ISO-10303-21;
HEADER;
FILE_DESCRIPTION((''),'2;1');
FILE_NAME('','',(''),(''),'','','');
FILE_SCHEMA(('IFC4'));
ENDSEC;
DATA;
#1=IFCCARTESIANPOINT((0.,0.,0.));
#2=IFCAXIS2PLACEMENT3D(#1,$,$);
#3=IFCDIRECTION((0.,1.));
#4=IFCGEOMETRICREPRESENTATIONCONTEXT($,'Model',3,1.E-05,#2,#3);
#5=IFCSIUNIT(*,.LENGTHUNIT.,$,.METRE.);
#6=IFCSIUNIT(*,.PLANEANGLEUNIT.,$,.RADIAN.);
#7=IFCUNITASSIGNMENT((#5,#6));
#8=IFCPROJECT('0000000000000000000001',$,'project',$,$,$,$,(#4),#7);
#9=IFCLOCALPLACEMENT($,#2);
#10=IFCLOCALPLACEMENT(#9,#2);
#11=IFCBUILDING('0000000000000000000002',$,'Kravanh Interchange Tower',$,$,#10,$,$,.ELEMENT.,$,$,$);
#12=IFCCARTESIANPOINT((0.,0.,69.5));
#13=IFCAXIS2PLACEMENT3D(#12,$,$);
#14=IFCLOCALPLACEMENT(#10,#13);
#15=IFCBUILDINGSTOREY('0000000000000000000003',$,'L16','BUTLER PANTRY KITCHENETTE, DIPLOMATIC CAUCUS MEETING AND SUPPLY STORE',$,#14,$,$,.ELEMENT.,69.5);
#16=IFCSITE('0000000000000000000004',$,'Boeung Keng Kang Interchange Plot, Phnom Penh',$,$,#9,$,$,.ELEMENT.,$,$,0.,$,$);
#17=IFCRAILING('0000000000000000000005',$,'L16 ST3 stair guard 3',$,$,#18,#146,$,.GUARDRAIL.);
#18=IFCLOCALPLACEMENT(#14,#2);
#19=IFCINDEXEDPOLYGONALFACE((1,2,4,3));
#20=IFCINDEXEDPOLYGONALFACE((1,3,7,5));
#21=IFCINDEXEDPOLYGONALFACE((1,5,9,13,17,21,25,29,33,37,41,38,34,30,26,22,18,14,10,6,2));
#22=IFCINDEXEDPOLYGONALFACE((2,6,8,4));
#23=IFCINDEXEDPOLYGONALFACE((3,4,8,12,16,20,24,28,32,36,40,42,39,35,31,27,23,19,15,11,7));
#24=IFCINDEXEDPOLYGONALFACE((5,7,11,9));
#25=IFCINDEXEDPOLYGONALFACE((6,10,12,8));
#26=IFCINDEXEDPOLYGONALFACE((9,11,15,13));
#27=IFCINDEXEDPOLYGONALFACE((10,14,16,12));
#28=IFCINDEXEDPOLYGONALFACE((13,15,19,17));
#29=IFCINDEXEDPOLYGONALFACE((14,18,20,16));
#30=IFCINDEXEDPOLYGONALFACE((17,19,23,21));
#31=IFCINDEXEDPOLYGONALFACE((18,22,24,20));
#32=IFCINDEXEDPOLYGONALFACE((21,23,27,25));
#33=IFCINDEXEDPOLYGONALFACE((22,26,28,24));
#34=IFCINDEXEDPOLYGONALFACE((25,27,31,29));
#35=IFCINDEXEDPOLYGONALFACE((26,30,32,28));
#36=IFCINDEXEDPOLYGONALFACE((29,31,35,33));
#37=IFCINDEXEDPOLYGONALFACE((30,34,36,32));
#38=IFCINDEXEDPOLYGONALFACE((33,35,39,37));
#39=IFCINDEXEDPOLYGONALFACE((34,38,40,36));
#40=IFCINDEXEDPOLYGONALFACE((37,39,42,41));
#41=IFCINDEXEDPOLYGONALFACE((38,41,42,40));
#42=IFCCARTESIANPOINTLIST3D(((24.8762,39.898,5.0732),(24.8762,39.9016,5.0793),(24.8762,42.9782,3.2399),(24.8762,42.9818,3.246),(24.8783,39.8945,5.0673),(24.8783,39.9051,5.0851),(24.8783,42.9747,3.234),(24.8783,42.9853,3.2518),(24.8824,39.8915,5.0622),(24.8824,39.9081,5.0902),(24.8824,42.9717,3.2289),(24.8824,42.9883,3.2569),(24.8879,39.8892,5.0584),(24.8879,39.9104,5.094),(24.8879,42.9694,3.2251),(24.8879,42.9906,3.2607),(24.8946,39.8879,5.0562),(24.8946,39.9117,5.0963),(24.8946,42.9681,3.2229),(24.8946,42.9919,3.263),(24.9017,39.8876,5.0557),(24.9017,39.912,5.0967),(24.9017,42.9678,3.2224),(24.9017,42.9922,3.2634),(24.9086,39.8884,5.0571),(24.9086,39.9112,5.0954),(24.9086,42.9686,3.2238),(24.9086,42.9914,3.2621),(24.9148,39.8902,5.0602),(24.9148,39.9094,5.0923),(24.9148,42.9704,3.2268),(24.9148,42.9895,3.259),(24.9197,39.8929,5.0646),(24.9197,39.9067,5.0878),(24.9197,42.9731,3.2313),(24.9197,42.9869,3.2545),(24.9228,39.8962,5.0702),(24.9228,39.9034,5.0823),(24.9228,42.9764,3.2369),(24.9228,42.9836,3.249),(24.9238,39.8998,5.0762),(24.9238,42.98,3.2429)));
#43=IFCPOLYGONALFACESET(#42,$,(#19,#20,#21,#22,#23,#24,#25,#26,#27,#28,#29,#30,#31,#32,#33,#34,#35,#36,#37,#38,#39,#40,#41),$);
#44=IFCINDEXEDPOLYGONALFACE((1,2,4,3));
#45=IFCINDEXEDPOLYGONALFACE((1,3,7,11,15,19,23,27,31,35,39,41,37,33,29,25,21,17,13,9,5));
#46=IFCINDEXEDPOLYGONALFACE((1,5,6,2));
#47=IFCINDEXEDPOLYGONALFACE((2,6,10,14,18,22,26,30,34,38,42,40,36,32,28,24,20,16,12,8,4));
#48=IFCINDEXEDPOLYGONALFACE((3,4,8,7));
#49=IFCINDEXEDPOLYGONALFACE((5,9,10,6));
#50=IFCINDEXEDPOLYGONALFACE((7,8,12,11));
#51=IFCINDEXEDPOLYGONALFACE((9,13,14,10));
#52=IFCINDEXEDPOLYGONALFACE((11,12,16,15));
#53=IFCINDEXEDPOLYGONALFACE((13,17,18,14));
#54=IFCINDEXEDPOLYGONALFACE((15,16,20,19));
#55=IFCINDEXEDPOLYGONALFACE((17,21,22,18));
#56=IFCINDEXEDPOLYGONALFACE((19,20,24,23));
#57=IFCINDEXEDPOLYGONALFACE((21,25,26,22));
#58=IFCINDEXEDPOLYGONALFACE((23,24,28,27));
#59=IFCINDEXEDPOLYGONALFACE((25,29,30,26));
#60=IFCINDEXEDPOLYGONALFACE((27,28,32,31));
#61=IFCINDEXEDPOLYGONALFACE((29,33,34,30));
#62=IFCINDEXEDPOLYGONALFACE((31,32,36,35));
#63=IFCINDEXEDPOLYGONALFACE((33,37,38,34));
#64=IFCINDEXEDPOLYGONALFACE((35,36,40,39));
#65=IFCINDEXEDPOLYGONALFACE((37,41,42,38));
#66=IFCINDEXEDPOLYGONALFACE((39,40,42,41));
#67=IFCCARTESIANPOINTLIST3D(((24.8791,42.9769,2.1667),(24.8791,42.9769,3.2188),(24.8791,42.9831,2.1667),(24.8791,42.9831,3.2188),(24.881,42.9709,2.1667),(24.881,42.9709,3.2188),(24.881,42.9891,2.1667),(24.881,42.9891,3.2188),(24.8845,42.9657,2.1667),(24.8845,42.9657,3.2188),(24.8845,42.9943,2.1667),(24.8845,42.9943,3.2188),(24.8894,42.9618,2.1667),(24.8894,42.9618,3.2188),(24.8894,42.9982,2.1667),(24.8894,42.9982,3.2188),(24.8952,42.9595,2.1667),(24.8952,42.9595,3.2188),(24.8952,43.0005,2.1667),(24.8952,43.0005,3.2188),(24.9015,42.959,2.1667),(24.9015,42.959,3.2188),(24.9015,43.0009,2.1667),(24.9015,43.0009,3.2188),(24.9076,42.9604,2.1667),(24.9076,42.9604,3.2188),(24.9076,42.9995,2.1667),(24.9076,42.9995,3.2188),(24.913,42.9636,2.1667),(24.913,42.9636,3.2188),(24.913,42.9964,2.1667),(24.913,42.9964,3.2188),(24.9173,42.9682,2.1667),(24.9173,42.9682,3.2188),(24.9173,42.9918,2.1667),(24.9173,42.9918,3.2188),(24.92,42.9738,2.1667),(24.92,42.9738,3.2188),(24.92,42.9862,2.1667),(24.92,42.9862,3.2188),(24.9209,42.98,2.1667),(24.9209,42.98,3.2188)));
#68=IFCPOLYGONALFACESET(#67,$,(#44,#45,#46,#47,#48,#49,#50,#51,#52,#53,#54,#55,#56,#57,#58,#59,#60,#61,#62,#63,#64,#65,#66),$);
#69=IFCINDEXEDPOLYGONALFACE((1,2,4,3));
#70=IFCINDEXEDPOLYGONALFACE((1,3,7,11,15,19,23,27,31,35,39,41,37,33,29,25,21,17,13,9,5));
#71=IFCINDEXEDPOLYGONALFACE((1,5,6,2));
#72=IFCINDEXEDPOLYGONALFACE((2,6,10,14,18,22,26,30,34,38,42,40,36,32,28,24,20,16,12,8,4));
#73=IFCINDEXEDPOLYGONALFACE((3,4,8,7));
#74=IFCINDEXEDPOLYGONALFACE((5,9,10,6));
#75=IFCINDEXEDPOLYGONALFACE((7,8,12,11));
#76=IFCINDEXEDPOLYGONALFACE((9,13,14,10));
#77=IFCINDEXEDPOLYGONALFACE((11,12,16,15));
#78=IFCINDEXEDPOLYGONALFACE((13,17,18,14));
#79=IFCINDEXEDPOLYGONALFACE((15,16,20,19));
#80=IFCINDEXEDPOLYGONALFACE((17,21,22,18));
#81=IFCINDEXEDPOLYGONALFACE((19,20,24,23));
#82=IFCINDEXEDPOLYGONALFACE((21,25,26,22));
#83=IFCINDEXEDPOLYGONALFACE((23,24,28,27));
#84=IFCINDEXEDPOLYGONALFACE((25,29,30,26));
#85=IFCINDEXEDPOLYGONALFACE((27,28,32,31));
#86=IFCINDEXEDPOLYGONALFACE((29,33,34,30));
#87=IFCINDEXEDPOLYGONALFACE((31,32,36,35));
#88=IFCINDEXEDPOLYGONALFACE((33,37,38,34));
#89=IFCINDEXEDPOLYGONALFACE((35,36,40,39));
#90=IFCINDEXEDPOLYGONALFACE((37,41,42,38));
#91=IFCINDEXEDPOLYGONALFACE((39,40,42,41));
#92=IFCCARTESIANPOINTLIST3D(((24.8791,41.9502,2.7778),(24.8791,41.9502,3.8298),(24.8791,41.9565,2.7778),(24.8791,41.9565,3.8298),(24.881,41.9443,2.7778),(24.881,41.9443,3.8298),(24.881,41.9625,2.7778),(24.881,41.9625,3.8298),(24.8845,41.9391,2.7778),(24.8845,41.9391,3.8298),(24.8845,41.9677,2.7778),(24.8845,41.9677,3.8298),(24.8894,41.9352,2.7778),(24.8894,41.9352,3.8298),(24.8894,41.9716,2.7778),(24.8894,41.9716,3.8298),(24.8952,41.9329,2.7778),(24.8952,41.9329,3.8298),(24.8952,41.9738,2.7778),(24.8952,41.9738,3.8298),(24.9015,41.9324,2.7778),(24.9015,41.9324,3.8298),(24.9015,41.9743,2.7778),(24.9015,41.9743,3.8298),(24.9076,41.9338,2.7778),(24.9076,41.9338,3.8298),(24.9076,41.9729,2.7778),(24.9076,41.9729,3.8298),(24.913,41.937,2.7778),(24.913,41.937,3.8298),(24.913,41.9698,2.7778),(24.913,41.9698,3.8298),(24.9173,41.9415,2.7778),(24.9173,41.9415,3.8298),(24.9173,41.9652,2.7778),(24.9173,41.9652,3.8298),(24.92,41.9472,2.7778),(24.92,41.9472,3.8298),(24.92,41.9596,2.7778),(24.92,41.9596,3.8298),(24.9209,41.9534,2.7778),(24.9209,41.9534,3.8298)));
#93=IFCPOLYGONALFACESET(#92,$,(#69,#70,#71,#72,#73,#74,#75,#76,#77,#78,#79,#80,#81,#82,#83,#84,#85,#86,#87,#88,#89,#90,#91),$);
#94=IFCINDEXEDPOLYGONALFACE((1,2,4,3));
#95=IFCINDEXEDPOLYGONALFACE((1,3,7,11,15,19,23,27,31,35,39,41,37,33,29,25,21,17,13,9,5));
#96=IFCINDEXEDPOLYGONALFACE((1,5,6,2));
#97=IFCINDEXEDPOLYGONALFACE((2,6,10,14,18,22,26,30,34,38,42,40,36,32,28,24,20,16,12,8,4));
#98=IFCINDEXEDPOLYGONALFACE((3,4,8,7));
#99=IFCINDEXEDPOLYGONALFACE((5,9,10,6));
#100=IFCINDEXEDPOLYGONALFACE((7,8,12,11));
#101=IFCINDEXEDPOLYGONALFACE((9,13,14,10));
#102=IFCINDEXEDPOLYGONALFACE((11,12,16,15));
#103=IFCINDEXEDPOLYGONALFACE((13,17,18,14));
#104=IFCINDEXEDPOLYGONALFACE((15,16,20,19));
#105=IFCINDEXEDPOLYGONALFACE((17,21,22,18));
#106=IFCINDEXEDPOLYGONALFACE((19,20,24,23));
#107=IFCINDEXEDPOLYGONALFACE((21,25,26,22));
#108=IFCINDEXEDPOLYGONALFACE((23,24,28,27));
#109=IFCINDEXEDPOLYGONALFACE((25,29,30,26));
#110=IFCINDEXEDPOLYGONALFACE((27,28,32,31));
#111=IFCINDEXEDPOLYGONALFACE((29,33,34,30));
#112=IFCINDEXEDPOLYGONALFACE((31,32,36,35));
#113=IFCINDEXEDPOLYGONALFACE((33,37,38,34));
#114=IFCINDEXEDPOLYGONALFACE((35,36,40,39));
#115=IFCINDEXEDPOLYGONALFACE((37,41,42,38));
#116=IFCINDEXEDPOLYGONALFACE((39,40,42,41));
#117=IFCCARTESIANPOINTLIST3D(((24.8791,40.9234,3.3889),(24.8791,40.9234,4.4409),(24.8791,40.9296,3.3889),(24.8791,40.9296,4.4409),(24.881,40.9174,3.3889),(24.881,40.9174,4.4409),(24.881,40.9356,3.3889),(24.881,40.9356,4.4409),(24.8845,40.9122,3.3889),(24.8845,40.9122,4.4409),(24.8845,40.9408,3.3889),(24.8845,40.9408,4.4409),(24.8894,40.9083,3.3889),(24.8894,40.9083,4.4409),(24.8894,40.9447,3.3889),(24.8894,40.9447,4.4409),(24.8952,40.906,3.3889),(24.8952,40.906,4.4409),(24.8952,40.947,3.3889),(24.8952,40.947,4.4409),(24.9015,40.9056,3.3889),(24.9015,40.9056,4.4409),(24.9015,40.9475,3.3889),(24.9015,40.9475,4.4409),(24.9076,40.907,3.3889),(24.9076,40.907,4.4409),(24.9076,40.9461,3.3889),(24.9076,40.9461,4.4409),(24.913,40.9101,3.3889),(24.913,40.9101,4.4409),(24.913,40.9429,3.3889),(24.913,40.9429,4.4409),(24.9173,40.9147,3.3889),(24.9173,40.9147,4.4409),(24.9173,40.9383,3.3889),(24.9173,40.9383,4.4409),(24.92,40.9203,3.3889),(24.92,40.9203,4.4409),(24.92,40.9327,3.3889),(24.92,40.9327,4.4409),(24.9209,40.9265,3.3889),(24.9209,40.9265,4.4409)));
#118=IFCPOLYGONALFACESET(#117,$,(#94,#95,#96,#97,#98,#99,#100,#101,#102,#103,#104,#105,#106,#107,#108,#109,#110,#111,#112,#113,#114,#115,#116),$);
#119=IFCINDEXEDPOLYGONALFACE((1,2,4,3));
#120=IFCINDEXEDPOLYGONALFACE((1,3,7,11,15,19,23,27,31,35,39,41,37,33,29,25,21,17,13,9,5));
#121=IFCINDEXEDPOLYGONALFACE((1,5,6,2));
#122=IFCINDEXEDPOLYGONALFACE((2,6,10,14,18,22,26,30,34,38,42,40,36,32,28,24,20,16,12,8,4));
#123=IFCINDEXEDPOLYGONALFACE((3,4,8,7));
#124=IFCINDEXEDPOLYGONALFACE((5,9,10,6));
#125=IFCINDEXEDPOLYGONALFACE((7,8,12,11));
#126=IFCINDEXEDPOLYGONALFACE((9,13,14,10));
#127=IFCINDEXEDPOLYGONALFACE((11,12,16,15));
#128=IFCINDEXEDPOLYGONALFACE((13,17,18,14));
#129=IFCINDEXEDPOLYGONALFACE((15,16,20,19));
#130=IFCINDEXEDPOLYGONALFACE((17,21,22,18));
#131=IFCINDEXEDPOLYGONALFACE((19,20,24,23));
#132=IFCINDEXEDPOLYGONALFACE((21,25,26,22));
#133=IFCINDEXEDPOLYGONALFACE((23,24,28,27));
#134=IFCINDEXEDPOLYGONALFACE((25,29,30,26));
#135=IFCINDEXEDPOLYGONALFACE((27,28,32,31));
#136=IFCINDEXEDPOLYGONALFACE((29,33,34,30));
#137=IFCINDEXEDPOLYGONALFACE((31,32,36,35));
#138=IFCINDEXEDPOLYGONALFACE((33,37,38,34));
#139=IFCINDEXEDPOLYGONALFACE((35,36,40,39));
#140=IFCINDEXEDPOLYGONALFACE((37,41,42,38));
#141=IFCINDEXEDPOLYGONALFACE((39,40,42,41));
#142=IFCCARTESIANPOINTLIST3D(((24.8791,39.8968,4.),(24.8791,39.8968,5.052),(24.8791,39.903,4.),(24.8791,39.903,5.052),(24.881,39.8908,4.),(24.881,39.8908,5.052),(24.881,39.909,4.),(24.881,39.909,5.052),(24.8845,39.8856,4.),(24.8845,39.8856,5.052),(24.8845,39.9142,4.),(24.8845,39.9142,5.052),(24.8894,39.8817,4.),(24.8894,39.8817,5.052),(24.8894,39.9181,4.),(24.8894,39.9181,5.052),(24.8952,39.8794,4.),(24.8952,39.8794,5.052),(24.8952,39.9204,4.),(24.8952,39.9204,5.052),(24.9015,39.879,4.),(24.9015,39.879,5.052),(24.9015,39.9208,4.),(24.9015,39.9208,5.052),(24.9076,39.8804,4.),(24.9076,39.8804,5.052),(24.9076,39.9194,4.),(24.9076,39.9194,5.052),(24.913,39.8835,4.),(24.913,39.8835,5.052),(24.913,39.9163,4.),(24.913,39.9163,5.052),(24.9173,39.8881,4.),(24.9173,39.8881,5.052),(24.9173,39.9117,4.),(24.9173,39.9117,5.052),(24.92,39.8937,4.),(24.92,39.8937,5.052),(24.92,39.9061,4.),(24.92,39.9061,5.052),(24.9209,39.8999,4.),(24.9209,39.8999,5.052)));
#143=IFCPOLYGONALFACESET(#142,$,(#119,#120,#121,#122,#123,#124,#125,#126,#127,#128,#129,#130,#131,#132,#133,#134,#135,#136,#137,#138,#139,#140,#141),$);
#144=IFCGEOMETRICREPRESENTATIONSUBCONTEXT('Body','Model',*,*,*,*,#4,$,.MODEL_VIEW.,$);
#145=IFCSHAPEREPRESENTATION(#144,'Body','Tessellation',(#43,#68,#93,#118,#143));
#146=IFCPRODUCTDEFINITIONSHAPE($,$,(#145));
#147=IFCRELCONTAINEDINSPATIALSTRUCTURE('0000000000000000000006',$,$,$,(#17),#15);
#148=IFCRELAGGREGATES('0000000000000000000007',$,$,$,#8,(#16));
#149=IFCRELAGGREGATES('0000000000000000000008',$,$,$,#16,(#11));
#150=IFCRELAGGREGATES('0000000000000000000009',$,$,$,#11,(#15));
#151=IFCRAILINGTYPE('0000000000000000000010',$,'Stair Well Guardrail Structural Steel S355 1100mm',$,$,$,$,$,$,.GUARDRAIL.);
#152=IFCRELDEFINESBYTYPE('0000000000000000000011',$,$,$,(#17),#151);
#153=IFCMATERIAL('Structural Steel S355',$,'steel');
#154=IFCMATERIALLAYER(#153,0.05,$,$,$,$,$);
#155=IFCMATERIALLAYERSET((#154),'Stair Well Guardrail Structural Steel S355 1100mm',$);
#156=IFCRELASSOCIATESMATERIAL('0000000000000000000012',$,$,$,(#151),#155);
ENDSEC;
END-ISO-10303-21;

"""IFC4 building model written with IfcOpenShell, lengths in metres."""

from ifc_helpers import new_model, si_unit, direction, frame, origin, origin_2d, place, context, subcontext, project, spatial, circle, extrude, material, layer, layer_set, type_object, element, save


model = new_model("IFC4")

# Units and contexts
model_context = context("Model", 3, precision=1e-05, world=origin(), true_north=direction((0.0, 1.0)))
body_context = subcontext(model_context, "Body", "Model", "MODEL_VIEW")
ifc_project = project(units=[si_unit("LENGTHUNIT", "METRE"), si_unit("PLANEANGLEUNIT", "RADIAN")], contexts=[model_context])

# Site, building, storey
site_placement = place(None, origin())
site = spatial("IfcSite", under=ifc_project, at=site_placement, Name="Boeung Keng Kang Interchange Plot, Phnom Penh", CompositionType="ELEMENT", RefElevation=0.0)
building_placement = place(site_placement, origin())
building = spatial("IfcBuilding", under=site, at=building_placement, Name="Kravanh Interchange Tower", CompositionType="ELEMENT")
storey_placement = place(building_placement, frame((0.0, 0.0, 69.5)))
storey = spatial("IfcBuildingStorey", under=building, at=storey_placement, Name="L16", Description="BUTLER PANTRY KITCHENETTE, DIPLOMATIC CAUCUS MEETING AND SUPPLY STORE", CompositionType="ELEMENT", Elevation=69.5)

# Railing
ifc_material_1 = material(Name="Structural Steel S355", Category="steel")
ifc_layer_1 = layer(ifc_material_1, 0.05)
ifc_layer_set_1 = layer_set([ifc_layer_1], Name="Stair Well Guardrail Structural Steel S355 1100mm")
railing_type_1 = type_object("IfcRailingType", Name="Stair Well Guardrail Structural Steel S355 1100mm", PredefinedType="GUARDRAIL", material=ifc_layer_set_1)
railing_1_placement = place(storey_placement, frame((24.8999, 42.98, 2.1667)))
element("IfcRailing", 1, at=railing_1_placement, inside=storey, type_object=railing_type_1, Name="L16 ST3 stair guard 3", PredefinedType="GUARDRAIL", context=body_context, shape_type="SweptSolid", body=[
    extrude(circle(Radius=0.0239, at=origin_2d()), frame((0.0, 0.0, 1.0762), z_axis=(0.0, -0.859309, 0.511458), x_axis=(1.0, 0.0, 0.0)), (0.0, 0.0, 1.0), 3.5845),
    extrude(circle(Radius=0.021, at=origin_2d()), origin(), (0.0, 0.0, 1.0), 1.052),
    extrude(circle(Radius=0.021, at=origin_2d()), frame((0.0, -1.0266, 0.6111)), (0.0, 0.0, 1.0), 1.052),
    extrude(circle(Radius=0.021, at=origin_2d()), frame((0.0, -2.0535, 1.2222)), (0.0, 0.0, 1.0), 1.052),
    extrude(circle(Radius=0.021, at=origin_2d()), frame((0.0, -3.0801, 1.8333)), (0.0, 0.0, 1.0), 1.052),
])

save(model, "model.ifc")
